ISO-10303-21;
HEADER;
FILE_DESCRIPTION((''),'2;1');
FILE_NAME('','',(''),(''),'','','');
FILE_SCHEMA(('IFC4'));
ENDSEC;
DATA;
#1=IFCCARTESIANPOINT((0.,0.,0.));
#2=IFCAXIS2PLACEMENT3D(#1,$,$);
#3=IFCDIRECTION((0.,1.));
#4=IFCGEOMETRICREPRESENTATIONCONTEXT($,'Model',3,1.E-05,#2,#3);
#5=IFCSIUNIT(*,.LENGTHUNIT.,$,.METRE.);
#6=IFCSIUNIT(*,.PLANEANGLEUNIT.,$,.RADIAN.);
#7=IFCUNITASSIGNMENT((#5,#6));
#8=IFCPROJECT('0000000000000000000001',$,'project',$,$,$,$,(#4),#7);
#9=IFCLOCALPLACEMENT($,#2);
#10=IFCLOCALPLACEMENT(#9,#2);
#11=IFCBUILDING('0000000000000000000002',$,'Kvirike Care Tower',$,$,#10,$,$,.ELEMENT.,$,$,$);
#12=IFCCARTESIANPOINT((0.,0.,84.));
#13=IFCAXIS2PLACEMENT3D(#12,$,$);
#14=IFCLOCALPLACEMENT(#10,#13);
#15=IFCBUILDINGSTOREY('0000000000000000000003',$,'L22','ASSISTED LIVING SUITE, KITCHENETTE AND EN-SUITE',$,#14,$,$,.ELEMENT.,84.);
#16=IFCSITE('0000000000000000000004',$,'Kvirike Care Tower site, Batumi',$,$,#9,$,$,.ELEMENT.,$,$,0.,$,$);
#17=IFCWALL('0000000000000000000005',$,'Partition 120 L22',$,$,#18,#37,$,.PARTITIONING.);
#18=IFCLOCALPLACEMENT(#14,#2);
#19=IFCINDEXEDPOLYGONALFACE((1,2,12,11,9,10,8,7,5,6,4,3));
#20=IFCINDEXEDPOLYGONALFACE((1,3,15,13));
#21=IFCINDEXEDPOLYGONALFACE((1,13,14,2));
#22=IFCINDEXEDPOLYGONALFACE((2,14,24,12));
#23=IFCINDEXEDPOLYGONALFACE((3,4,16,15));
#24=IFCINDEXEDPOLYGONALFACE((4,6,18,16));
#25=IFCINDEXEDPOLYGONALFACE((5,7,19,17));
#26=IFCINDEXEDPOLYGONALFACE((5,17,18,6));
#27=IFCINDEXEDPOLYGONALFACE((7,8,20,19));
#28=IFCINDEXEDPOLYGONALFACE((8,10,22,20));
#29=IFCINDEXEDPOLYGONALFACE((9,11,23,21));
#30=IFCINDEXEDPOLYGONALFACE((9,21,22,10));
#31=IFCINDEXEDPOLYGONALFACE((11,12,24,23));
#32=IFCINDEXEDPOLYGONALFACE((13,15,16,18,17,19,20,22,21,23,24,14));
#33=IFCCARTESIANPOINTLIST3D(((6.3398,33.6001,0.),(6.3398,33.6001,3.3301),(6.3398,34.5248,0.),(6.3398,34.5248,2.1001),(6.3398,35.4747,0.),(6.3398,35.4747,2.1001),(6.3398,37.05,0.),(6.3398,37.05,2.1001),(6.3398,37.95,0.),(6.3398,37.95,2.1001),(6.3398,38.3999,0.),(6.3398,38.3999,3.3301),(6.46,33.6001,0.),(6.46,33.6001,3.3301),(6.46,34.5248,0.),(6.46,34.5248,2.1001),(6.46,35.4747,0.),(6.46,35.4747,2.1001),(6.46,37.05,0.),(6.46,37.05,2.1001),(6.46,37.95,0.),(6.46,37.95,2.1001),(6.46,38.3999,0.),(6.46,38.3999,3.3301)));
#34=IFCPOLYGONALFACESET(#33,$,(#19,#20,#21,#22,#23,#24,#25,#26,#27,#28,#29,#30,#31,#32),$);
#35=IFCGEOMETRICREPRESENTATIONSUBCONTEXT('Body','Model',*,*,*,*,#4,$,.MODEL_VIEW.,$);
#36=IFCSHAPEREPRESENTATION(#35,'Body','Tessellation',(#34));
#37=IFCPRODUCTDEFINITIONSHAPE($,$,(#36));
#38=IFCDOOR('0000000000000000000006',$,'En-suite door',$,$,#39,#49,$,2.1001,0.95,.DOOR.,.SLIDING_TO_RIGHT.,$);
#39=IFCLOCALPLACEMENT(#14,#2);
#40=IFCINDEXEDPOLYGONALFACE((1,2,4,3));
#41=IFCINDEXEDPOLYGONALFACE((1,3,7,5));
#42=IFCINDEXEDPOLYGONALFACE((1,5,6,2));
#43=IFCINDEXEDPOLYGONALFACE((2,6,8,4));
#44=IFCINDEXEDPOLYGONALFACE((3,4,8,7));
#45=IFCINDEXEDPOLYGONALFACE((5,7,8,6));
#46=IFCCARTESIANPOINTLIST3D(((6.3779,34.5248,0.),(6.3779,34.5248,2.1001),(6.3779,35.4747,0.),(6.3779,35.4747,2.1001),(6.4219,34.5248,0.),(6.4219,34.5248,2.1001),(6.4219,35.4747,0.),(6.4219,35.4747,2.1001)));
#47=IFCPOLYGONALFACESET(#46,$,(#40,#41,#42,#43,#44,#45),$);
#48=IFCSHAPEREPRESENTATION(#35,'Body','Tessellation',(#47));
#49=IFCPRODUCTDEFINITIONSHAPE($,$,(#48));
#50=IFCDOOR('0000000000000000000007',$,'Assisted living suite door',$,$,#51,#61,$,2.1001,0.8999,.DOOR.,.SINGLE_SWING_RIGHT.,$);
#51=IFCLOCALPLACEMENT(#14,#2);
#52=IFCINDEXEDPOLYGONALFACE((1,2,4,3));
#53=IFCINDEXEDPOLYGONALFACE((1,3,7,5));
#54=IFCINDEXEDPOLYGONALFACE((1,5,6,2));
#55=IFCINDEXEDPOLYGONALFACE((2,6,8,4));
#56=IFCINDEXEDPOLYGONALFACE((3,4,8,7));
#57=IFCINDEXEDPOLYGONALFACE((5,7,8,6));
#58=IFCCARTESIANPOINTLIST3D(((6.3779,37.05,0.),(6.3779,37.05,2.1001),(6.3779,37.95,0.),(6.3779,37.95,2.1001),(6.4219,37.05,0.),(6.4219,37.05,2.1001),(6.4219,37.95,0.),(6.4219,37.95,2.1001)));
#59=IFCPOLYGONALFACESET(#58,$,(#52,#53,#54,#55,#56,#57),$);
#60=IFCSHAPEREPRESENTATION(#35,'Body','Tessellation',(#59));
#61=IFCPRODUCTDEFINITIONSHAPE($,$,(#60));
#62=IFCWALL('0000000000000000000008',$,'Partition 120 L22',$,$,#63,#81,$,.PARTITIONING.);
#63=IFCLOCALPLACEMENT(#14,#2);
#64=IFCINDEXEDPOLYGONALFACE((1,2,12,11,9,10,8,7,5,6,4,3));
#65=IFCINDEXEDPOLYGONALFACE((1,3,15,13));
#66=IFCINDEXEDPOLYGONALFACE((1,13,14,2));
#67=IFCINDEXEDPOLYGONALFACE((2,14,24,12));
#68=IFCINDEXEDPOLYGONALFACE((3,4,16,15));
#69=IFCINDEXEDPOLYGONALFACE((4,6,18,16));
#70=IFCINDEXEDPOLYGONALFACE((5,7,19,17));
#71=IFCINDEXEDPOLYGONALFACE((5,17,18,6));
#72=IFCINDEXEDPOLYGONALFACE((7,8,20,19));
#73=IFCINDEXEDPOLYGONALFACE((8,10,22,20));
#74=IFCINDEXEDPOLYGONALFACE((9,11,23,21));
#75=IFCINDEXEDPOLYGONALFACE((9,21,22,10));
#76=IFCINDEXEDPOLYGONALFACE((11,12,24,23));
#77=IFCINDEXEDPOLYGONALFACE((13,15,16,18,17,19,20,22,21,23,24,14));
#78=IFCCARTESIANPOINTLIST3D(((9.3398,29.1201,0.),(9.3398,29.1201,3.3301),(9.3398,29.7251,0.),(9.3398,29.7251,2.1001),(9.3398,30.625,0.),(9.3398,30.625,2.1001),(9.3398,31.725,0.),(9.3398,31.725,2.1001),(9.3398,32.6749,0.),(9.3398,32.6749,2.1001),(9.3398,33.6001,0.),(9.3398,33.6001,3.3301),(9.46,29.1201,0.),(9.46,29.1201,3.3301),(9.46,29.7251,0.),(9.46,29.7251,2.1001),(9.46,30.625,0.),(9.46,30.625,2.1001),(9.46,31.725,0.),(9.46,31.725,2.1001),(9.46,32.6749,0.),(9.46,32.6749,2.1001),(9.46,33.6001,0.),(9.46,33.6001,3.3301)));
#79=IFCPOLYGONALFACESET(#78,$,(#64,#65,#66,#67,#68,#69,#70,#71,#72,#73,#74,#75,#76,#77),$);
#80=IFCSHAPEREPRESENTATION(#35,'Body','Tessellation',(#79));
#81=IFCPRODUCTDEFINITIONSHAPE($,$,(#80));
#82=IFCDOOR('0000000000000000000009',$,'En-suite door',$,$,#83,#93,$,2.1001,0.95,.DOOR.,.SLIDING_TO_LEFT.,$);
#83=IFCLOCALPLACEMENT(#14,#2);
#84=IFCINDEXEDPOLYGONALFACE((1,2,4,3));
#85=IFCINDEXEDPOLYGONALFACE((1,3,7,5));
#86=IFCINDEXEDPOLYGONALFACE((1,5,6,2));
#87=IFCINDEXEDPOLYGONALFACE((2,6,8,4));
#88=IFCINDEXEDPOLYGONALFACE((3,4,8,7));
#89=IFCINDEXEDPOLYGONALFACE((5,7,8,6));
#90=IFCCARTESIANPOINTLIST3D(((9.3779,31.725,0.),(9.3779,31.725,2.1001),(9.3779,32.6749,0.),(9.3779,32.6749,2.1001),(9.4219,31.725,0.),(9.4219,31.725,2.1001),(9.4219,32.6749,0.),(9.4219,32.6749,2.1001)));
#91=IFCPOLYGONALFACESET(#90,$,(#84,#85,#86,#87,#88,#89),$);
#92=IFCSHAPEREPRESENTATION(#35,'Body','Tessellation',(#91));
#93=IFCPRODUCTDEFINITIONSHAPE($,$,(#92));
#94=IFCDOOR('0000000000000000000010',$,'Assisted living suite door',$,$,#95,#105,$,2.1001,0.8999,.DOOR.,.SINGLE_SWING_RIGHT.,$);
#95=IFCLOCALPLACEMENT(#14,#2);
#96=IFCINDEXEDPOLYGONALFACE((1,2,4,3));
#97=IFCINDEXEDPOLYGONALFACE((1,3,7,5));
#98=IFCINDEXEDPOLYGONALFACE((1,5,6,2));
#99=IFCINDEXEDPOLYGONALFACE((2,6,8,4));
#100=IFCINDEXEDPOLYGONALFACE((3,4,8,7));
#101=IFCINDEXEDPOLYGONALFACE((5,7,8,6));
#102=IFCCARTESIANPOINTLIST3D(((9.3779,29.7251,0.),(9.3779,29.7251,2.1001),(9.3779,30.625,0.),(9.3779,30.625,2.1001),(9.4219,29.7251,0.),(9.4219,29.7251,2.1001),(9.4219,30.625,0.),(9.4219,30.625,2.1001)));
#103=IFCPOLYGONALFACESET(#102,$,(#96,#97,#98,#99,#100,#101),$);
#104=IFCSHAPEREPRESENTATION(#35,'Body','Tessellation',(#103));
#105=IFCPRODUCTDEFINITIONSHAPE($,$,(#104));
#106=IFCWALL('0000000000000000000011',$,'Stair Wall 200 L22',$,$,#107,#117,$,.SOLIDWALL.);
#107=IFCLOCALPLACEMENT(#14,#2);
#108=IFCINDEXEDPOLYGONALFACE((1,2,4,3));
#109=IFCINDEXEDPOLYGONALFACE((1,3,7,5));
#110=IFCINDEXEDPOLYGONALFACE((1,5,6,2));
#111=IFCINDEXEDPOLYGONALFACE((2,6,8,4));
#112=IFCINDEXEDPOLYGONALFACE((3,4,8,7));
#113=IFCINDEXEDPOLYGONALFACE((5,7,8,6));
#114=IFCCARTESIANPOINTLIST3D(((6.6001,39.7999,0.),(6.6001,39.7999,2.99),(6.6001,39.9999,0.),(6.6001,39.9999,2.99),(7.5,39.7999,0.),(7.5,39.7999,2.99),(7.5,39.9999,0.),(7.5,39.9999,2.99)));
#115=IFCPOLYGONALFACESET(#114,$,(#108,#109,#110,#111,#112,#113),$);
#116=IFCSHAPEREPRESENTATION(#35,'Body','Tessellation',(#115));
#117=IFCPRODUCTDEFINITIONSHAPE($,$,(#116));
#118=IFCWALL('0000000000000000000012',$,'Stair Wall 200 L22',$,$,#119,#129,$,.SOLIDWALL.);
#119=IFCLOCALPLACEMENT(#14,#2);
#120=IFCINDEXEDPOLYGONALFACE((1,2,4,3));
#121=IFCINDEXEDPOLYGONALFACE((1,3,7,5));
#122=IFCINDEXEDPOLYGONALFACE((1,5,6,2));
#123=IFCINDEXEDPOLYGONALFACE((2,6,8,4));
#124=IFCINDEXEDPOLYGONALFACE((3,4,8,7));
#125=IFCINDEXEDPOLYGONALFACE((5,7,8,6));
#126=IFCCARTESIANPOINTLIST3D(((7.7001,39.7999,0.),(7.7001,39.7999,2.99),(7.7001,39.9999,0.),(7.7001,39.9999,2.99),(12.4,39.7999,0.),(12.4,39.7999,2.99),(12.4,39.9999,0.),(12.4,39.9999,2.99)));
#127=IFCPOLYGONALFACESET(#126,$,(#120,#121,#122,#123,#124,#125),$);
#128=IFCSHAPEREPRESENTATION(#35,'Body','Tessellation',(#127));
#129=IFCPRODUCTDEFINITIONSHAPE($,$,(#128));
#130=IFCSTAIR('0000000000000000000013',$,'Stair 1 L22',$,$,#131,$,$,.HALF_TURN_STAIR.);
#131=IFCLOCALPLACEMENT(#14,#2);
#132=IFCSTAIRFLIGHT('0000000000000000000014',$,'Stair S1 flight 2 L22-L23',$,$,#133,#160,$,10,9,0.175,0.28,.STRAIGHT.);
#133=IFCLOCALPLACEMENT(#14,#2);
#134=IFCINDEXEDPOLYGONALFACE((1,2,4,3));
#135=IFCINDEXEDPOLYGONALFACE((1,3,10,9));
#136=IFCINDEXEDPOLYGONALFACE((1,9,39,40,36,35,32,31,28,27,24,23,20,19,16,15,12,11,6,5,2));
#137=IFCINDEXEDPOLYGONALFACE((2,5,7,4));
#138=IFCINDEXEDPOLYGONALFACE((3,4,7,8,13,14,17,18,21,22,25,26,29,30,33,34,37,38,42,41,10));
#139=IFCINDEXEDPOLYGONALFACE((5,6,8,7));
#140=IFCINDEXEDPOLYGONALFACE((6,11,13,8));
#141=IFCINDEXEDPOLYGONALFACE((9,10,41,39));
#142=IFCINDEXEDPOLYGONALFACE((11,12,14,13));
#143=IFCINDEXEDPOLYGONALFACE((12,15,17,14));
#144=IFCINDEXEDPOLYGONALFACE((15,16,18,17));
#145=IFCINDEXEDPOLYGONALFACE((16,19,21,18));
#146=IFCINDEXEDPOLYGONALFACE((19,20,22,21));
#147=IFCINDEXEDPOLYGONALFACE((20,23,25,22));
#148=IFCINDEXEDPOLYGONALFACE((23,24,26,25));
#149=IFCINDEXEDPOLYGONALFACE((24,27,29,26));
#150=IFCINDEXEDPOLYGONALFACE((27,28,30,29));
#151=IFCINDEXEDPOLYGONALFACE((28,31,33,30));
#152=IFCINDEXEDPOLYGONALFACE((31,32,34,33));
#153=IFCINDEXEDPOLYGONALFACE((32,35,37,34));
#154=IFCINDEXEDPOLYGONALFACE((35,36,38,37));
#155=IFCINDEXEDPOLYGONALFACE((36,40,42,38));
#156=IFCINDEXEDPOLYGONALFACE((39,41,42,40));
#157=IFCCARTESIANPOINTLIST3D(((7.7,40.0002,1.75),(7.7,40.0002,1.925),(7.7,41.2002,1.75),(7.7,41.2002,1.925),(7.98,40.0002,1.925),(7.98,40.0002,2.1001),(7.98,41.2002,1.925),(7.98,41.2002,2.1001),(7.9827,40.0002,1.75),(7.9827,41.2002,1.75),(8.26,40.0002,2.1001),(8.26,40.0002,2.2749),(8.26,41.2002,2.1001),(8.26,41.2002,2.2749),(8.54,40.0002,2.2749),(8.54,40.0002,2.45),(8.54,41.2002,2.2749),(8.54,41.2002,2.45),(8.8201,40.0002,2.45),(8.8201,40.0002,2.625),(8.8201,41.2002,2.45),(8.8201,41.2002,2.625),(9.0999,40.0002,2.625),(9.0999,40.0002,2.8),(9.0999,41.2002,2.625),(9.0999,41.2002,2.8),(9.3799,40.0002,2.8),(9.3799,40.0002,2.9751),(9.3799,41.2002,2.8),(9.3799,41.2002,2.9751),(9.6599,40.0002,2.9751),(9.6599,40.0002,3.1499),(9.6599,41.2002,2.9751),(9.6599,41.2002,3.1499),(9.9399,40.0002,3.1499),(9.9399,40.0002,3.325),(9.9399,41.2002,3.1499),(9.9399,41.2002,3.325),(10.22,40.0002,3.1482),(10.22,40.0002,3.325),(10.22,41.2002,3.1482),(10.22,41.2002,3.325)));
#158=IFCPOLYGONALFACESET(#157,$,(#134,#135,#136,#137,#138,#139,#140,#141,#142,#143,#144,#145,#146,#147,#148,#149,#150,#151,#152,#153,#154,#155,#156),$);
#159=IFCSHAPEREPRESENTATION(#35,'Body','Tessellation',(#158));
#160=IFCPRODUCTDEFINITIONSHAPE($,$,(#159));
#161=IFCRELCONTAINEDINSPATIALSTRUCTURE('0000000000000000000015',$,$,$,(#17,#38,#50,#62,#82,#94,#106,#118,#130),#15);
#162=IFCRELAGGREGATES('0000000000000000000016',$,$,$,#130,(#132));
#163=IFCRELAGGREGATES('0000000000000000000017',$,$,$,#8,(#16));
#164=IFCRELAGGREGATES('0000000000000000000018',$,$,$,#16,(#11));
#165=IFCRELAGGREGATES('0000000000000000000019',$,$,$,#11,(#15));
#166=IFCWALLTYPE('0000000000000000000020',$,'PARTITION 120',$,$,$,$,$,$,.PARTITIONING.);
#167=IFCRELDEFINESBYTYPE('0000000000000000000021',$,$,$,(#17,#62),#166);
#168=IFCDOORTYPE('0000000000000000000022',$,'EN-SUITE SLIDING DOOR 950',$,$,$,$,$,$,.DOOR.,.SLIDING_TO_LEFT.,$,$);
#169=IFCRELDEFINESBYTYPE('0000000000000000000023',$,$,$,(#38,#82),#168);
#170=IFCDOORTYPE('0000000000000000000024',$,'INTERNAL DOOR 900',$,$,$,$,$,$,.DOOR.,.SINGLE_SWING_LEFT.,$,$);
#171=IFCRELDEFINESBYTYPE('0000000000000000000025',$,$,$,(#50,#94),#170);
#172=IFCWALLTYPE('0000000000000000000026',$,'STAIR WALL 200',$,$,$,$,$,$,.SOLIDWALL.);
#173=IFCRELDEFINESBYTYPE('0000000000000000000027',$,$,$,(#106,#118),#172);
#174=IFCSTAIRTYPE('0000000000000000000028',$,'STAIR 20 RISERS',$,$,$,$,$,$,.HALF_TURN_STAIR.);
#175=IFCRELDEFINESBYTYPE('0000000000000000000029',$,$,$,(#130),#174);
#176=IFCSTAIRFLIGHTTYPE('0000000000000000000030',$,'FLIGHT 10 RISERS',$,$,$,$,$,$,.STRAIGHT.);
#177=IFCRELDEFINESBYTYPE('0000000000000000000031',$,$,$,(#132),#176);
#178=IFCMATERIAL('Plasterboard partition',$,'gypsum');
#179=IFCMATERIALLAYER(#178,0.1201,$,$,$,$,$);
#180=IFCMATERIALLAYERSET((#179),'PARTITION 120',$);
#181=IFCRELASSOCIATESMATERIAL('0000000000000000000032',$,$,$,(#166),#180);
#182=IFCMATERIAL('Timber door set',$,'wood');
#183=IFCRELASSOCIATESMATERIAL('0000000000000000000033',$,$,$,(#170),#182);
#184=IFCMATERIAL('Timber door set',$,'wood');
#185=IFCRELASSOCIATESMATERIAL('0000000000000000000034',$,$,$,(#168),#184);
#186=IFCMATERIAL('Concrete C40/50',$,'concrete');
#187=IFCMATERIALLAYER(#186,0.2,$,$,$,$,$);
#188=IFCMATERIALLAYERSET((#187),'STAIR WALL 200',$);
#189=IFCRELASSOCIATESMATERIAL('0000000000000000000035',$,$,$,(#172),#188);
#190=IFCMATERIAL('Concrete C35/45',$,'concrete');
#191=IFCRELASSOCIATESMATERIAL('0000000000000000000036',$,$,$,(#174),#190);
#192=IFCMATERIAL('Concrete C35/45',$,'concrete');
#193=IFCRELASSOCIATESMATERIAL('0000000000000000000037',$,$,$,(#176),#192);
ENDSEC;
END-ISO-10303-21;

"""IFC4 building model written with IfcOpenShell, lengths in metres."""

from ifc_helpers import new_model, si_unit, direction, frame, frame_2d, origin, place, context, subcontext, project, spatial, polyline, rectangle, outline, extrude, material, layer, layer_set, type_object, element, fill, aggregate, save


model = new_model("IFC4")

# Units and contexts
model_context = context("Model", 3, precision=1e-05, world=origin(), true_north=direction((0.0, 1.0)))
body_context = subcontext(model_context, "Body", "Model", "MODEL_VIEW")
ifc_project = project(units=[si_unit("LENGTHUNIT", "METRE"), si_unit("PLANEANGLEUNIT", "RADIAN")], contexts=[model_context])

# Site, building, storey
site_placement = place(None, origin())
site = spatial("IfcSite", under=ifc_project, at=site_placement, Name="Kvirike Care Tower site, Batumi", CompositionType="ELEMENT", RefElevation=0.0)
building_placement = place(site_placement, origin())
building = spatial("IfcBuilding", under=site, at=building_placement, Name="Kvirike Care Tower", CompositionType="ELEMENT")
storey_placement = place(building_placement, frame((0.0, 0.0, 84.0)))
storey = spatial("IfcBuildingStorey", under=building, at=storey_placement, Name="L22", Description="ASSISTED LIVING SUITE, KITCHENETTE AND EN-SUITE", CompositionType="ELEMENT", Elevation=84.0)

# Shared definitions
ifc_material_1 = material(Name="Plasterboard partition", Category="gypsum")
ifc_layer_1 = layer(ifc_material_1, 0.1201)
ifc_layer_set_1 = layer_set([ifc_layer_1], Name="PARTITION 120")
wall_type_1 = type_object("IfcWallType", Name="PARTITION 120", PredefinedType="PARTITIONING", material=ifc_layer_set_1)
ifc_material_2 = material(Name="Timber door set", Category="wood")
door_type_1 = type_object("IfcDoorType", Name="INTERNAL DOOR 900", OperationType="SINGLE_SWING_LEFT", PredefinedType="DOOR", material=ifc_material_2)

# Walls, openings, doors
wall_1_placement = place(storey_placement, frame((6.3999, 38.3999, 0.0), z_axis=(0.0, 0.0, 1.0), x_axis=(0.0, -1.0, 0.0)))
wall_1 = element("IfcWall", 1, at=wall_1_placement, inside=storey, type_object=wall_type_1, Name="Partition 120 L22", PredefinedType="PARTITIONING", context=body_context, shape_type="SweptSolid", body=[
    extrude(rectangle(XDim=4.7998, YDim=0.1201, at=frame_2d((2.3999, 0.0))), origin(), (0.0, 0.0, 1.0), 3.3301),
])
opening_1_placement = place(wall_1_placement, frame((0.45, 0.0, 0.0)))
opening_1 = element("IfcOpeningElement", 2, at=opening_1_placement, cuts=wall_1, PredefinedType="OPENING", context=body_context, shape_type="SweptSolid", body=[
    extrude(rectangle(XDim=0.8999, YDim=2.1001, at=frame_2d((0.45, 1.05))), frame((0.0, 0.0706, 0.0), z_axis=(0.0, -1.0, 0.0), x_axis=(1.0, 0.0, 0.0)), (0.0, 0.0, 1.0), 0.1411),
])
opening_2_placement = place(wall_1_placement, frame((2.925, 0.0, 0.0)))
opening_2 = element("IfcOpeningElement", 3, at=opening_2_placement, cuts=wall_1, PredefinedType="OPENING", context=body_context, shape_type="SweptSolid", body=[
    extrude(rectangle(XDim=0.95, YDim=2.1001, at=frame_2d((0.4751, 1.05))), frame((0.0, 0.0706, 0.0), z_axis=(0.0, -1.0, 0.0), x_axis=(1.0, 0.0, 0.0)), (0.0, 0.0, 1.0), 0.1411),
])
ifc_material_3 = material(Name="Timber door set", Category="wood")
door_type_2 = type_object("IfcDoorType", Name="EN-SUITE SLIDING DOOR 950", OperationType="SLIDING_TO_LEFT", PredefinedType="DOOR", material=ifc_material_3)
door_1_placement = place(opening_2_placement, origin())
door_1 = element("IfcDoor", 4, at=door_1_placement, inside=storey, type_object=door_type_2, Name="En-suite door", OperationType="SLIDING_TO_RIGHT", OverallHeight=2.1001, OverallWidth=0.95, PredefinedType="DOOR", context=body_context, shape_type="SweptSolid", body=[
    extrude(rectangle(XDim=0.95, YDim=2.1001, at=frame_2d((0.4751, 1.05))), frame((0.0, 0.022, 0.0), z_axis=(0.0, -1.0, 0.0), x_axis=(1.0, 0.0, 0.0)), (0.0, 0.0, 1.0), 0.0439),
])
fill(opening_2, door_1)
door_2_placement = place(opening_1_placement, origin())
door_2 = element("IfcDoor", 5, at=door_2_placement, inside=storey, type_object=door_type_1, Name="Assisted living suite door", OperationType="SINGLE_SWING_RIGHT", OverallHeight=2.1001, OverallWidth=0.8999, PredefinedType="DOOR", context=body_context, shape_type="SweptSolid", body=[
    extrude(rectangle(XDim=0.8999, YDim=2.1001, at=frame_2d((0.45, 1.05))), frame((0.0, 0.022, 0.0), z_axis=(0.0, -1.0, 0.0), x_axis=(1.0, 0.0, 0.0)), (0.0, 0.0, 1.0), 0.0439),
])
fill(opening_1, door_2)
wall_2_placement = place(storey_placement, frame((9.3999, 33.6001, 0.0), z_axis=(0.0, 0.0, 1.0), x_axis=(0.0, -1.0, 0.0)))
wall_2 = element("IfcWall", 6, at=wall_2_placement, inside=storey, type_object=wall_type_1, Name="Partition 120 L22", PredefinedType="PARTITIONING", context=body_context, shape_type="SweptSolid", body=[
    extrude(rectangle(XDim=4.48, YDim=0.1201, at=frame_2d((2.24, 0.0))), origin(), (0.0, 0.0, 1.0), 3.3301),
])
opening_3_placement = place(wall_2_placement, frame((2.9751, 0.0, 0.0)))
opening_3 = element("IfcOpeningElement", 7, at=opening_3_placement, cuts=wall_2, PredefinedType="OPENING", context=body_context, shape_type="SweptSolid", body=[
    extrude(rectangle(XDim=0.8999, YDim=2.1001, at=frame_2d((0.45, 1.05))), frame((0.0, 0.0706, 0.0), z_axis=(0.0, -1.0, 0.0), x_axis=(1.0, 0.0, 0.0)), (0.0, 0.0, 1.0), 0.1411),
])
opening_4_placement = place(wall_2_placement, frame((0.925, 0.0, 0.0)))
opening_4 = element("IfcOpeningElement", 8, at=opening_4_placement, cuts=wall_2, PredefinedType="OPENING", context=body_context, shape_type="SweptSolid", body=[
    extrude(rectangle(XDim=0.95, YDim=2.1001, at=frame_2d((0.4751, 1.05))), frame((0.0, 0.0706, 0.0), z_axis=(0.0, -1.0, 0.0), x_axis=(1.0, 0.0, 0.0)), (0.0, 0.0, 1.0), 0.1411),
])
door_3_placement = place(opening_4_placement, origin())
door_3 = element("IfcDoor", 9, at=door_3_placement, inside=storey, type_object=door_type_2, Name="En-suite door", OperationType="SLIDING_TO_LEFT", OverallHeight=2.1001, OverallWidth=0.95, PredefinedType="DOOR", context=body_context, shape_type="SweptSolid", body=[
    extrude(rectangle(XDim=0.95, YDim=2.1001, at=frame_2d((0.4751, 1.05))), frame((0.0, 0.022, 0.0), z_axis=(0.0, -1.0, 0.0), x_axis=(1.0, 0.0, 0.0)), (0.0, 0.0, 1.0), 0.0439),
])
fill(opening_4, door_3)
door_4_placement = place(opening_3_placement, origin())
door_4 = element("IfcDoor", 10, at=door_4_placement, inside=storey, type_object=door_type_1, Name="Assisted living suite door", OperationType="SINGLE_SWING_RIGHT", OverallHeight=2.1001, OverallWidth=0.8999, PredefinedType="DOOR", context=body_context, shape_type="SweptSolid", body=[
    extrude(rectangle(XDim=0.8999, YDim=2.1001, at=frame_2d((0.45, 1.05))), frame((0.0, 0.022, 0.0), z_axis=(0.0, -1.0, 0.0), x_axis=(1.0, 0.0, 0.0)), (0.0, 0.0, 1.0), 0.0439),
])
fill(opening_3, door_4)

# Walls
ifc_material_4 = material(Name="Concrete C40/50", Category="concrete")
ifc_layer_2 = layer(ifc_material_4, 0.2)
ifc_layer_set_2 = layer_set([ifc_layer_2], Name="STAIR WALL 200")
wall_type_2 = type_object("IfcWallType", Name="STAIR WALL 200", PredefinedType="SOLIDWALL", material=ifc_layer_set_2)
wall_3_placement = place(storey_placement, frame((6.6001, 39.8999, 0.0), z_axis=(0.0, 0.0, 1.0), x_axis=(1.0, 0.0, 0.0)))
element("IfcWall", 11, at=wall_3_placement, inside=storey, type_object=wall_type_2, Name="Stair Wall 200 L22", PredefinedType="SOLIDWALL", context=body_context, shape_type="SweptSolid", body=[
    extrude(rectangle(XDim=0.8999, YDim=0.2, at=frame_2d((0.45, 0.0))), origin(), (0.0, 0.0, 1.0), 2.99),
])
wall_4_placement = place(storey_placement, frame((7.7, 39.8999, 0.0), z_axis=(0.0, 0.0, 1.0), x_axis=(1.0, 0.0, 0.0)))
element("IfcWall", 12, at=wall_4_placement, inside=storey, type_object=wall_type_2, Name="Stair Wall 200 L22", PredefinedType="SOLIDWALL", context=body_context, shape_type="SweptSolid", body=[
    extrude(rectangle(XDim=4.7, YDim=0.2, at=frame_2d((2.3501, 0.0))), origin(), (0.0, 0.0, 1.0), 2.99),
])

# Stair, stair flight
ifc_material_5 = material(Name="Concrete C35/45", Category="concrete")
stair_type = type_object("IfcStairType", Name="STAIR 20 RISERS", PredefinedType="HALF_TURN_STAIR", material=ifc_material_5)
stair_placement = place(storey_placement, origin())
stair = element("IfcStair", 13, at=stair_placement, inside=storey, type_object=stair_type, Name="Stair 1 L22", PredefinedType="HALF_TURN_STAIR")
ifc_material_6 = material(Name="Concrete C35/45", Category="concrete")
stair_flight_type = type_object("IfcStairFlightType", Name="FLIGHT 10 RISERS", PredefinedType="STRAIGHT", material=ifc_material_6)
stair_flight_placement = place(storey_placement, frame((7.7, 40.6001, 1.75), z_axis=(0.0, 0.0, 1.0), x_axis=(1.0, 0.0, 0.0)))
stair_flight = element("IfcStairFlight", 14, at=stair_flight_placement, type_object=stair_flight_type, Name="Stair S1 flight 2 L22-L23", NumberOfRisers=10, NumberOfTreads=9, PredefinedType="STRAIGHT", RiserHeight=0.175, TreadLength=0.28, context=body_context, shape_type="SweptSolid", body=[
    extrude(outline(polyline([(0.0, 0.0), (0.0, 0.175), (0.28, 0.175), (0.28, 0.3501), (0.5601, 0.3501), (0.5601, 0.5249), (0.8401, 0.5249), (0.8401, 0.7), (1.1201, 0.7), (1.1201, 0.875), (1.3999, 0.875), (1.3999, 1.05), (1.6799, 1.05), (1.6799, 1.2251), (1.96, 1.2251), (1.96, 1.3999), (2.24, 1.3999), (2.24, 1.575), (2.52, 1.575), (2.52, 1.75), (2.52, 1.3982), (0.2827, 0.0), (0.0, 0.0)])), frame((0.0, 0.6001, 0.0), z_axis=(0.0, -1.0, 0.0), x_axis=(1.0, 0.0, 0.0)), (0.0, 0.0, 1.0), 1.2),
])
aggregate(stair, [stair_flight])

save(model, "model.ifc")
